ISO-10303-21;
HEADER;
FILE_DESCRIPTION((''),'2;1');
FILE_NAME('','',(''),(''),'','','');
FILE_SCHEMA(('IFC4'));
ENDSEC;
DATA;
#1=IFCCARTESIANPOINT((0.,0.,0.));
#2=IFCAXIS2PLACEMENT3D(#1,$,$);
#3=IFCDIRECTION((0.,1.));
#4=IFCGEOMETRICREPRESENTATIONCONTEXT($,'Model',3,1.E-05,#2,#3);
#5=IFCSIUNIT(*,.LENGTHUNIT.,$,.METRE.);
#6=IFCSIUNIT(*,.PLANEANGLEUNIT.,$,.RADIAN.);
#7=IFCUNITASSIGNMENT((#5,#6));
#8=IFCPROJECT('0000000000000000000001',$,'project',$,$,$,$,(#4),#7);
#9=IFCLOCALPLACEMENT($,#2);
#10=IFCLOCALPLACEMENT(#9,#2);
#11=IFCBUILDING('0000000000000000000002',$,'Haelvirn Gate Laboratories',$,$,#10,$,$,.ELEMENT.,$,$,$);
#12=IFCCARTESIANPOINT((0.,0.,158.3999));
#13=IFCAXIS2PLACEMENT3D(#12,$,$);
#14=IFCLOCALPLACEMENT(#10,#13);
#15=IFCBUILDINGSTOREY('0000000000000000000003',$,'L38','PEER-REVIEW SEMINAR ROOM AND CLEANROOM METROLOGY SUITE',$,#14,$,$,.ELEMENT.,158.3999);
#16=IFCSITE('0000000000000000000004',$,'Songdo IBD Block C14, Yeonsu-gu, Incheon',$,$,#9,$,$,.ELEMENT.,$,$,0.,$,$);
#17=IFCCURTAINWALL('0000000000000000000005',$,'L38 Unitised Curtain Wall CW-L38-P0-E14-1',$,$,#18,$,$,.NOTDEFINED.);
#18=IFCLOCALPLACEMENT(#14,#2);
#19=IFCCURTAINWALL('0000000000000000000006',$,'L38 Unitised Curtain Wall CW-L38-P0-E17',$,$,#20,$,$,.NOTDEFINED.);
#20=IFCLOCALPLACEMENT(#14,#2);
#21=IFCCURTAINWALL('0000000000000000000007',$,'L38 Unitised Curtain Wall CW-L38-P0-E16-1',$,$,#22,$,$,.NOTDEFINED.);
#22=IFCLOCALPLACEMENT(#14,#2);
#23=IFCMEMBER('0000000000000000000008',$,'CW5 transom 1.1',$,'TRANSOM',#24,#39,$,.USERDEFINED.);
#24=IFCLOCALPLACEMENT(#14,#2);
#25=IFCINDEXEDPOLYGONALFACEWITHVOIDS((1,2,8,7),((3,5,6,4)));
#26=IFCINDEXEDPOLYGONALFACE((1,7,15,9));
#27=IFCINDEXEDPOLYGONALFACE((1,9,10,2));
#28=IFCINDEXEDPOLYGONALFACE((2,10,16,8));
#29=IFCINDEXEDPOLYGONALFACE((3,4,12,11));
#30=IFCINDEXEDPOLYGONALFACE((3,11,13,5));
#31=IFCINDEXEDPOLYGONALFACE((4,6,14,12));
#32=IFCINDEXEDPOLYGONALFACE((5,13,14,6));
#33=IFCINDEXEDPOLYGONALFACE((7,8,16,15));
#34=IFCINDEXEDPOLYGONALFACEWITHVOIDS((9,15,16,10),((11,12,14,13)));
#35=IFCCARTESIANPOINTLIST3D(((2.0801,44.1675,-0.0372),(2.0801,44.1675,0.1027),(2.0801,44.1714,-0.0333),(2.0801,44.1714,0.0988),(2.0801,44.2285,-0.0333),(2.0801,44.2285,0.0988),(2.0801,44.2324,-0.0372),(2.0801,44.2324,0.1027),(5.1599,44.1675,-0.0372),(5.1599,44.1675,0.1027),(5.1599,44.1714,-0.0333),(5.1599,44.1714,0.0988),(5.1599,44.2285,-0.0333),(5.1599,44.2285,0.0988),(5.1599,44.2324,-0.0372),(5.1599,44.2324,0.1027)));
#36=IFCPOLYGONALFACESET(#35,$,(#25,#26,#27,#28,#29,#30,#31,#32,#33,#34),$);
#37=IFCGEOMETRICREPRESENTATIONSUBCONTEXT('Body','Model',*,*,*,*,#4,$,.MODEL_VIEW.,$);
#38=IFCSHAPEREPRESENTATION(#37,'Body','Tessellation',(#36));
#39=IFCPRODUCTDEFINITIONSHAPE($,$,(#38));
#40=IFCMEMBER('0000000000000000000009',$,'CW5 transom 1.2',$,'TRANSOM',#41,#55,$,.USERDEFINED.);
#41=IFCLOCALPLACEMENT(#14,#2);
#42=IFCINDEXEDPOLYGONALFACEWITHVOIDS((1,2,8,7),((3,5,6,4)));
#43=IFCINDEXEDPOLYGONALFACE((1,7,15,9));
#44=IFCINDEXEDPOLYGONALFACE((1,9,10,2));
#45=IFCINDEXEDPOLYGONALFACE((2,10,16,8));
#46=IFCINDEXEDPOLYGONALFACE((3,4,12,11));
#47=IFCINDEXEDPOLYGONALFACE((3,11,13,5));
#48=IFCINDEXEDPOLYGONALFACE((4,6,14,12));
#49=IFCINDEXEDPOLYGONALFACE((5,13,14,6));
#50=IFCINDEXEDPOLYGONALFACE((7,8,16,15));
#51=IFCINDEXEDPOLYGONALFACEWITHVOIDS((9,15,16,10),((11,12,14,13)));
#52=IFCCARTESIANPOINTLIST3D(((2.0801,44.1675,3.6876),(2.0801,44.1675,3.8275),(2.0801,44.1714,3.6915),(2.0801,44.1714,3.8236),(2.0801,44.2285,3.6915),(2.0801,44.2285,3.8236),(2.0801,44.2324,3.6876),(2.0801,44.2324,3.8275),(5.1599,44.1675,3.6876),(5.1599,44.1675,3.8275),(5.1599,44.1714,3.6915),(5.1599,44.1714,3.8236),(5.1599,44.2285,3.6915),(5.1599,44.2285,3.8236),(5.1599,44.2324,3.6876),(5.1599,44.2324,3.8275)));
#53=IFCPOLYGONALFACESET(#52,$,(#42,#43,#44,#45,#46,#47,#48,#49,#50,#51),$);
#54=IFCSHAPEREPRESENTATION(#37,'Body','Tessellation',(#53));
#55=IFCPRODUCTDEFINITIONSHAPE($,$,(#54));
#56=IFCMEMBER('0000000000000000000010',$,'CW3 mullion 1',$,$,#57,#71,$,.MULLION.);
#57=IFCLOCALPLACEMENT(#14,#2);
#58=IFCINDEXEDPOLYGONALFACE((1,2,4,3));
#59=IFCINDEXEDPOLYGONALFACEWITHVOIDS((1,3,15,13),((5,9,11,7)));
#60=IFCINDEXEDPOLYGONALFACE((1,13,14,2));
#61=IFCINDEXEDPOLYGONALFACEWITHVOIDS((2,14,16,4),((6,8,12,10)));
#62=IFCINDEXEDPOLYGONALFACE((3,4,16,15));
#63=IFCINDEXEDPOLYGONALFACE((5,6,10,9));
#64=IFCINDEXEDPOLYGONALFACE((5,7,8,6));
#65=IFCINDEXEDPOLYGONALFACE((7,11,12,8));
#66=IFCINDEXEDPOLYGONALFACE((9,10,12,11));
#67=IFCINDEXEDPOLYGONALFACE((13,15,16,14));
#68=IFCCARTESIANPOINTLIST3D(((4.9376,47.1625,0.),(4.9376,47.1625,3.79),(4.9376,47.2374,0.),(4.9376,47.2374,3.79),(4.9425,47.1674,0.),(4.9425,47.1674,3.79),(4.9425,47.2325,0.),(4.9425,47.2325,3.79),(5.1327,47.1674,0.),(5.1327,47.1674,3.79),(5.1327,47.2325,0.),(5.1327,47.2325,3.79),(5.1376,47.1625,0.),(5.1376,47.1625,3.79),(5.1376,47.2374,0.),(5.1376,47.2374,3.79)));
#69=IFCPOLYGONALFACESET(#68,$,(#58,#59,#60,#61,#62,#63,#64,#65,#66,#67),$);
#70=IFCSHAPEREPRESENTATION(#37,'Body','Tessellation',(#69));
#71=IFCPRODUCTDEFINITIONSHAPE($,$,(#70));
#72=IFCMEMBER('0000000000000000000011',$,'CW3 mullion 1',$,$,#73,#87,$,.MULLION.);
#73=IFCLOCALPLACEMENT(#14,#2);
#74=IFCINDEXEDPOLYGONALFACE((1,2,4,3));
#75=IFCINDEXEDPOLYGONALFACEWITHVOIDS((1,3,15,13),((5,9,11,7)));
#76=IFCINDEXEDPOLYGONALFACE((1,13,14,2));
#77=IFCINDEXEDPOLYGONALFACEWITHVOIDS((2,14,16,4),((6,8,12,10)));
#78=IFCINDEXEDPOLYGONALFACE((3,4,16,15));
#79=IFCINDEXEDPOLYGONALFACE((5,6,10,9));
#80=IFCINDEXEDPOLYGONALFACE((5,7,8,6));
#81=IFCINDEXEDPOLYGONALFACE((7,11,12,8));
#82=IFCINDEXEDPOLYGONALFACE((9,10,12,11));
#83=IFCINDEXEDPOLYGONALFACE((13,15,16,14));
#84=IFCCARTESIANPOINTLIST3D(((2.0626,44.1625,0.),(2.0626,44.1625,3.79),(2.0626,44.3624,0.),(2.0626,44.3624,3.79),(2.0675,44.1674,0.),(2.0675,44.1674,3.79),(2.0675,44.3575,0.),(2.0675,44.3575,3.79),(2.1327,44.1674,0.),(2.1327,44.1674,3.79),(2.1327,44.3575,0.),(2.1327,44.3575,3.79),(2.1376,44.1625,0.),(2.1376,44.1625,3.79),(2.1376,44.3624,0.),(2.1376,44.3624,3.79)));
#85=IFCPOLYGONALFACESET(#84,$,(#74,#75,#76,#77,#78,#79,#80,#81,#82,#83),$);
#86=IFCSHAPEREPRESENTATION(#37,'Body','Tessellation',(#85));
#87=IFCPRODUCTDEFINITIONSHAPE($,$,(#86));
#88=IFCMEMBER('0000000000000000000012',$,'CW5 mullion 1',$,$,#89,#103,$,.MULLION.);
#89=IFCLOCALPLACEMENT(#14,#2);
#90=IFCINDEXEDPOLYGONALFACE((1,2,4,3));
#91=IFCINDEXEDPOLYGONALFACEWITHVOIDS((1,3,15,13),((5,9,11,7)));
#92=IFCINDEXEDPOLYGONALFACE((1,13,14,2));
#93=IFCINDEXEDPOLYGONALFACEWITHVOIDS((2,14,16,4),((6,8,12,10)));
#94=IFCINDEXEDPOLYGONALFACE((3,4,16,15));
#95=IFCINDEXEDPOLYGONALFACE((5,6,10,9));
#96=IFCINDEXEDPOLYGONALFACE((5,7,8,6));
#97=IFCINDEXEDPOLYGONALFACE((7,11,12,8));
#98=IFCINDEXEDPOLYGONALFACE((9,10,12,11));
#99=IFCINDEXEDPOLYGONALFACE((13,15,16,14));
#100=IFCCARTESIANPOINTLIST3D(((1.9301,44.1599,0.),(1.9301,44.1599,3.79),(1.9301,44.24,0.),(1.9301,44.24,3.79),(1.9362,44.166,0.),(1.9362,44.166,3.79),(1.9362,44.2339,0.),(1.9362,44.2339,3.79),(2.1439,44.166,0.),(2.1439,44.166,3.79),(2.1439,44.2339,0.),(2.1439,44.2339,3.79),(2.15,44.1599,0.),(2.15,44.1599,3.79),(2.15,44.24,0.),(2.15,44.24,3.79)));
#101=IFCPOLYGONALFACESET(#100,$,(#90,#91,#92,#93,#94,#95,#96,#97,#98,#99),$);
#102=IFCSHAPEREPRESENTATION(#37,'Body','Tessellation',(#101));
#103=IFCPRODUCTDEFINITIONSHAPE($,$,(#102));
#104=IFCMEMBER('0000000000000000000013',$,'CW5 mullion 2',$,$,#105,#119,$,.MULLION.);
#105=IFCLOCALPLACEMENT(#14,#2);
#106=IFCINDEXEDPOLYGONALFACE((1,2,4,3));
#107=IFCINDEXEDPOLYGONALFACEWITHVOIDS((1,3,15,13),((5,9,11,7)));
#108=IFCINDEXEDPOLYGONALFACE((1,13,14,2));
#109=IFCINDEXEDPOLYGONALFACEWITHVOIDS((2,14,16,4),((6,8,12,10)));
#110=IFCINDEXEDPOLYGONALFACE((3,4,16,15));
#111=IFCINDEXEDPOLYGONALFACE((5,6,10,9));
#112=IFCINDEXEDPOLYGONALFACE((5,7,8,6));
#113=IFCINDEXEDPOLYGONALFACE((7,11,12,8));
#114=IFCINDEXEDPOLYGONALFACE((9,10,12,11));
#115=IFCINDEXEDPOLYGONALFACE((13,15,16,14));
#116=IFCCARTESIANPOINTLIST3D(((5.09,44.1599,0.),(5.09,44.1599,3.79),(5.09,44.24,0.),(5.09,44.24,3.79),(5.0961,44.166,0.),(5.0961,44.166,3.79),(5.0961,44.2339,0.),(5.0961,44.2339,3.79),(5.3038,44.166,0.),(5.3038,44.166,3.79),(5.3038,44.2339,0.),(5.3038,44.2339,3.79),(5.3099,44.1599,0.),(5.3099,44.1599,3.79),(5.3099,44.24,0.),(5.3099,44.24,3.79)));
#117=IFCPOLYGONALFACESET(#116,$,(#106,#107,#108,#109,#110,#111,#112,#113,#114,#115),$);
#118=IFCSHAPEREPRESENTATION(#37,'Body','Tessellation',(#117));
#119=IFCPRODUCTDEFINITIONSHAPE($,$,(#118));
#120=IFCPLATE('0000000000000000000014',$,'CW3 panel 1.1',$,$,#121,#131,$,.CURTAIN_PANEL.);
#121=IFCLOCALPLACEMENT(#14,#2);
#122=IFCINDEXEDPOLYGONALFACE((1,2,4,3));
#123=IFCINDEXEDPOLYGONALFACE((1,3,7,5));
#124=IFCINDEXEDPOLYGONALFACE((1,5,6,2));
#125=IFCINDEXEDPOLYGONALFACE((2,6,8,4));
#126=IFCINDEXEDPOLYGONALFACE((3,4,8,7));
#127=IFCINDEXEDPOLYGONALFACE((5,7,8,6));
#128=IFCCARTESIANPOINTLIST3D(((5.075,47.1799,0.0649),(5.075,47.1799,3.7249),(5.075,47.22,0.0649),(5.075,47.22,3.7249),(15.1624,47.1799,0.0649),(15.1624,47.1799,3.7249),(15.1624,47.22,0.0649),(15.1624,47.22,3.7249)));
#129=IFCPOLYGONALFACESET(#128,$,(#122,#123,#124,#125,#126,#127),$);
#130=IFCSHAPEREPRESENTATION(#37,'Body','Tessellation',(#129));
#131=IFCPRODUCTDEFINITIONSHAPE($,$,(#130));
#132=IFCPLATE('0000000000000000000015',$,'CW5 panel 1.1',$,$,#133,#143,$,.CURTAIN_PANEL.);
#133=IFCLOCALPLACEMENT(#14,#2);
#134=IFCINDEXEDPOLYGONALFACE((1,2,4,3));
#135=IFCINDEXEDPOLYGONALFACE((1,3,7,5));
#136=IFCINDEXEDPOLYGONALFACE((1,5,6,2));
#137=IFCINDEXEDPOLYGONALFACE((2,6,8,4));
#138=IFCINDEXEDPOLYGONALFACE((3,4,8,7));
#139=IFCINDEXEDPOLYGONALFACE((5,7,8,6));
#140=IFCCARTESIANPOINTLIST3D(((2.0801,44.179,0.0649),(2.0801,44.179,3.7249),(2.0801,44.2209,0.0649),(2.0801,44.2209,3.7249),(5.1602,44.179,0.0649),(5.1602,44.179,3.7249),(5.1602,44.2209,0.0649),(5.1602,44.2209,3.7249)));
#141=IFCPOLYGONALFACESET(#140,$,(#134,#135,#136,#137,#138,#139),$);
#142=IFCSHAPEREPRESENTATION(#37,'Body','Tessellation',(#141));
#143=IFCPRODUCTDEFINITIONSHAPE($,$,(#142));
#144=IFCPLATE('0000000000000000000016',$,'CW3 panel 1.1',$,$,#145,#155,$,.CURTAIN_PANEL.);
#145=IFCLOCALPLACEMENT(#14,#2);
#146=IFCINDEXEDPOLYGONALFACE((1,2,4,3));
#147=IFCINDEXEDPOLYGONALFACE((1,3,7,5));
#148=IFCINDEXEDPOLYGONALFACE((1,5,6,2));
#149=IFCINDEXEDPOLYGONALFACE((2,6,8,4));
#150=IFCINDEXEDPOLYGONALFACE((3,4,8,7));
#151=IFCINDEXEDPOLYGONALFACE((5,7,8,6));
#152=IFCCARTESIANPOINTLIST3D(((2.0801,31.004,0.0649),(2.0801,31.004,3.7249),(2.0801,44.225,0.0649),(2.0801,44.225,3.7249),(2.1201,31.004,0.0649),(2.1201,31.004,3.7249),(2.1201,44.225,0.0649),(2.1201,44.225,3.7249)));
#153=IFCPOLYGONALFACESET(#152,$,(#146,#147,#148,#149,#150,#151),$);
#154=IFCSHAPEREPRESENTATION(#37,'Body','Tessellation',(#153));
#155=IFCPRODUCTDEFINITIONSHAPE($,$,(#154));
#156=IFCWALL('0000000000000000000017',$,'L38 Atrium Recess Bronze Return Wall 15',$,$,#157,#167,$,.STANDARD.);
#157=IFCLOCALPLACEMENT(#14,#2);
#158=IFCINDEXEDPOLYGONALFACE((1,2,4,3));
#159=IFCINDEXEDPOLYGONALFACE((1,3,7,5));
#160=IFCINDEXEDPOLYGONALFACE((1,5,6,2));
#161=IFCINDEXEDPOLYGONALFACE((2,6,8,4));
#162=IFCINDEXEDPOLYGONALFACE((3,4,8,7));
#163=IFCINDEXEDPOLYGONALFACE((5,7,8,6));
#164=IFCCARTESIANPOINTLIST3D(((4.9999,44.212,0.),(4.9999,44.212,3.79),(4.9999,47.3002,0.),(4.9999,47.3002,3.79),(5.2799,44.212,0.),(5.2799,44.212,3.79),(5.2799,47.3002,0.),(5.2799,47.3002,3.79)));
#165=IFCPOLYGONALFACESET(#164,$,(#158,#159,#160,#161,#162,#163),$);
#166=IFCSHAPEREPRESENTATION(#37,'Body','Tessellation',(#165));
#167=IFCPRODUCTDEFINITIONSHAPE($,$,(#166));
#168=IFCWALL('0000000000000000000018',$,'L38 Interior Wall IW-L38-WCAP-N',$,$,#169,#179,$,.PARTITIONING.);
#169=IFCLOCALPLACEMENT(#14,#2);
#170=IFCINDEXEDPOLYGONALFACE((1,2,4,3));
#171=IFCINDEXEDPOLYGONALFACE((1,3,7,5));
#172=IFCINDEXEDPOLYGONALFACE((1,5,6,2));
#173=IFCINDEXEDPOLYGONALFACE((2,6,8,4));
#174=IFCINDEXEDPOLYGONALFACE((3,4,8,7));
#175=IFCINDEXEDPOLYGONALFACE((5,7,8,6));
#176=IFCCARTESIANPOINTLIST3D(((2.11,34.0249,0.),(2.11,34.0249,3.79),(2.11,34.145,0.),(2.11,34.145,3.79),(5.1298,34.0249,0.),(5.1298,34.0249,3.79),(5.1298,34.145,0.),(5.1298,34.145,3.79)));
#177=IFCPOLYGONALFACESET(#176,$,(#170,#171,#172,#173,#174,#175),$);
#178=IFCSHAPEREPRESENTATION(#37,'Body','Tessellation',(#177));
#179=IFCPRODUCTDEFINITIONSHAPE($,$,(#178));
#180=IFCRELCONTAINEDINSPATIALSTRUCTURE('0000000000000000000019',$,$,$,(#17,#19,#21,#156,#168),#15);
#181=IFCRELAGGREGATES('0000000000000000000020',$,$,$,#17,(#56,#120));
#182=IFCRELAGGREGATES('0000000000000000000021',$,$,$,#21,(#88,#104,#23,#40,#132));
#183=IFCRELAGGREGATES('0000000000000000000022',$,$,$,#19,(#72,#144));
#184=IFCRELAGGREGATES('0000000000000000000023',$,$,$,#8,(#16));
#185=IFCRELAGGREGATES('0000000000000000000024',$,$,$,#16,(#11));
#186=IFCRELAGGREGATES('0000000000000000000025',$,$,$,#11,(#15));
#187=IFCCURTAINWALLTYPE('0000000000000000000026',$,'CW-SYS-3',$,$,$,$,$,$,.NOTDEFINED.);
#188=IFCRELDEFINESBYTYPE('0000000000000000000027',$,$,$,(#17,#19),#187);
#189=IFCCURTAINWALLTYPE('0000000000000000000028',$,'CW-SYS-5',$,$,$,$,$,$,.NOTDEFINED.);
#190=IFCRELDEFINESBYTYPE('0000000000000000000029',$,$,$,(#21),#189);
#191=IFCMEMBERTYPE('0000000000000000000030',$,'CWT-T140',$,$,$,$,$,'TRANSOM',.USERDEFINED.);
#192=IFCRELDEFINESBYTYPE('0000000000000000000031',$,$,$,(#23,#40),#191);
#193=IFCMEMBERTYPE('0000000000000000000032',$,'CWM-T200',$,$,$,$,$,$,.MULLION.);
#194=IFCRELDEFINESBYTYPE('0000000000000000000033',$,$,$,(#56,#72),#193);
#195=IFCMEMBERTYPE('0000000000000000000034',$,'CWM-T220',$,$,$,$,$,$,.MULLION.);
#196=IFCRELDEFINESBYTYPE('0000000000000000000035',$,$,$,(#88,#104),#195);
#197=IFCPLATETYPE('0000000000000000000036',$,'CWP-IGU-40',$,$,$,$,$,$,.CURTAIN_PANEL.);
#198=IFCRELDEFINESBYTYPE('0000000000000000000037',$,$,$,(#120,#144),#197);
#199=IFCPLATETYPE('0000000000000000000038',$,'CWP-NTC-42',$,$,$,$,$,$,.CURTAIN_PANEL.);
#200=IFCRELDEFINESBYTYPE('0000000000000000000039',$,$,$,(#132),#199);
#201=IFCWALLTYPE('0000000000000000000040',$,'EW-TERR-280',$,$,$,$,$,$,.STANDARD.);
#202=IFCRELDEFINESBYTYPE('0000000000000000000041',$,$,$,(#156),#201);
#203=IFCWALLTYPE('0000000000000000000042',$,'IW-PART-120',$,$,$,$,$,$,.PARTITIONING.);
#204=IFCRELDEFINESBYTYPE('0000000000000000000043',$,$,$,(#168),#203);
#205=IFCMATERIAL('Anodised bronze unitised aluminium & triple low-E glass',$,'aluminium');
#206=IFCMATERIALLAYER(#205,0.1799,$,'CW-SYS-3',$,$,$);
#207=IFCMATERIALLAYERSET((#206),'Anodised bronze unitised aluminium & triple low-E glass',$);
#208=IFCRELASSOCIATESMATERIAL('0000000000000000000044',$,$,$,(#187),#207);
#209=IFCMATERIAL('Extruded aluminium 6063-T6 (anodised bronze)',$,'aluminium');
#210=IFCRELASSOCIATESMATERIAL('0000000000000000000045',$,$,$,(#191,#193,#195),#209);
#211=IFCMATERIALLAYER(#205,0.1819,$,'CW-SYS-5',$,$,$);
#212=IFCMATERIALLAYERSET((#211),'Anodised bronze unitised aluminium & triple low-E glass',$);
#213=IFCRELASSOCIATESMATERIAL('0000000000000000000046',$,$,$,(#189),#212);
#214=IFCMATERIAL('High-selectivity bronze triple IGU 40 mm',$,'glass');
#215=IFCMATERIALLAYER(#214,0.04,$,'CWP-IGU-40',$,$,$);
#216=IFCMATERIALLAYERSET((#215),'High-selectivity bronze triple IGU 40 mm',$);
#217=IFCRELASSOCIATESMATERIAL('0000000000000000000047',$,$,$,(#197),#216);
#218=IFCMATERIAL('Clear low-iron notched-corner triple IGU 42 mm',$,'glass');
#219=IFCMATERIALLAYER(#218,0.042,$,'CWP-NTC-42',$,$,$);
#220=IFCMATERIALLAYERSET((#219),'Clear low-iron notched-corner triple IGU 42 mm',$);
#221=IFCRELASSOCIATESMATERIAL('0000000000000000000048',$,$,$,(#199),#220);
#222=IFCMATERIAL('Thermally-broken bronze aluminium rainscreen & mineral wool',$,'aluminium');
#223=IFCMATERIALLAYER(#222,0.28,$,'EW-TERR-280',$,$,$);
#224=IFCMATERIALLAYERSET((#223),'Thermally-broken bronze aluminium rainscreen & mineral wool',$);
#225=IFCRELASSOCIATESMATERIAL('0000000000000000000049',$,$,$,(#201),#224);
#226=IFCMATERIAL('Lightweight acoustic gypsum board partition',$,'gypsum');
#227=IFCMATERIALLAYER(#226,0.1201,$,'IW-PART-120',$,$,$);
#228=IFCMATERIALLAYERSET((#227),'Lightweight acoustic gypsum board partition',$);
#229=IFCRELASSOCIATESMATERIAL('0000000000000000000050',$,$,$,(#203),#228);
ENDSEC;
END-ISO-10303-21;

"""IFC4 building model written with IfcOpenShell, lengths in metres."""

from ifc_helpers import new_model, si_unit, direction, frame, frame_2d, origin, origin_2d, place, context, subcontext, project, spatial, rectangle, hollow_rectangle, extrude, source, transform, mapped, material, layer, layer_set, material_profile, profile_set, type_object, type_shapes, element, aggregate, save


model = new_model("IFC4")

# Units and contexts
model_context = context("Model", 3, precision=1e-05, world=origin(), true_north=direction((0.0, 1.0)))
body_context = subcontext(model_context, "Body", "Model", "MODEL_VIEW")
ifc_project = project(units=[si_unit("LENGTHUNIT", "METRE"), si_unit("PLANEANGLEUNIT", "RADIAN")], contexts=[model_context])

# Site, building, storey
site_placement = place(None, origin())
site = spatial("IfcSite", under=ifc_project, at=site_placement, Name="Songdo IBD Block C14, Yeonsu-gu, Incheon", CompositionType="ELEMENT", RefElevation=0.0)
building_placement = place(site_placement, origin())
building = spatial("IfcBuilding", under=site, at=building_placement, Name="Haelvirn Gate Laboratories", CompositionType="ELEMENT")
storey_placement = place(building_placement, frame((0.0, 0.0, 158.3999)))
storey = spatial("IfcBuildingStorey", under=building, at=storey_placement, Name="L38", Description="PEER-REVIEW SEMINAR ROOM AND CLEANROOM METROLOGY SUITE", CompositionType="ELEMENT", Elevation=158.3999)

# Curtain walls, members
ifc_material_1 = material(Name="Anodised bronze unitised aluminium & triple low-E glass", Category="aluminium")
ifc_layer_1 = layer(ifc_material_1, 0.1799, Name="CW-SYS-3")
ifc_layer_set_1 = layer_set([ifc_layer_1], Name="Anodised bronze unitised aluminium & triple low-E glass")
curtain_wall_type_1 = type_object("IfcCurtainWallType", Name="CW-SYS-3", PredefinedType="NOTDEFINED", material=ifc_layer_set_1)
curtain_wall_1_placement = place(storey_placement, origin())
curtain_wall_1 = element("IfcCurtainWall", 1, at=curtain_wall_1_placement, inside=storey, type_object=curtain_wall_type_1, Name="L38 Unitised Curtain Wall CW-L38-P0-E14-1", PredefinedType="NOTDEFINED")
ifc_material_2 = material(Name="Extruded aluminium 6063-T6 (anodised bronze)", Category="aluminium")
ifc_material_profile_1 = material_profile(ifc_material_2, hollow_rectangle(XDim=0.0649, YDim=0.1399, WallThickness=0.0039, at=origin_2d()), Name="CWT-140x65x4")
ifc_profile_set_1 = profile_set([ifc_material_profile_1], Name="Extruded aluminium 6063-T6 (anodised bronze)")
member_type_1 = type_object("IfcMemberType", Name="CWT-T140", ElementType="TRANSOM", PredefinedType="USERDEFINED", material=ifc_profile_set_1)
curtain_wall_2_placement = place(storey_placement, origin())
curtain_wall_2 = element("IfcCurtainWall", 2, at=curtain_wall_2_placement, inside=storey, type_object=curtain_wall_type_1, Name="L38 Unitised Curtain Wall CW-L38-P0-E17", PredefinedType="NOTDEFINED")
ifc_layer_2 = layer(ifc_material_1, 0.1819, Name="CW-SYS-5")
ifc_layer_set_2 = layer_set([ifc_layer_2], Name="Anodised bronze unitised aluminium & triple low-E glass")
curtain_wall_type_2 = type_object("IfcCurtainWallType", Name="CW-SYS-5", PredefinedType="NOTDEFINED", material=ifc_layer_set_2)
curtain_wall_3_placement = place(storey_placement, origin())
curtain_wall_3 = element("IfcCurtainWall", 3, at=curtain_wall_3_placement, inside=storey, type_object=curtain_wall_type_2, Name="L38 Unitised Curtain Wall CW-L38-P0-E16-1", PredefinedType="NOTDEFINED")
shared_shape_1 = source(origin(), body_context, "Body", "SweptSolid", [
    extrude(hollow_rectangle(XDim=0.0649, YDim=0.1399, WallThickness=0.0039, at=origin_2d()), origin(), (0.0, 0.0, 1.0), 3.0798),
])
member_1_placement = place(storey_placement, frame((2.0801, 44.2, 0.0327), z_axis=(1.0, 0.0, 0.0), x_axis=(0.0, 1.0, 0.0)))
member_1 = element("IfcMember", 4, at=member_1_placement, type_object=member_type_1, Name="CW5 transom 1.1", ObjectType="TRANSOM", PredefinedType="USERDEFINED", context=body_context, shape_type="MappedRepresentation", body=[
    mapped(shared_shape_1, transform((0.0, 0.0, 0.0), scale=1.0)),
])
member_2_placement = place(storey_placement, frame((2.0801, 44.2, 3.7576), z_axis=(1.0, 0.0, 0.0), x_axis=(0.0, 1.0, 0.0)))
member_2 = element("IfcMember", 5, at=member_2_placement, type_object=member_type_1, Name="CW5 transom 1.2", ObjectType="TRANSOM", PredefinedType="USERDEFINED", context=body_context, shape_type="MappedRepresentation", body=[
    mapped(shared_shape_1, transform((0.0, 0.0, 0.0), scale=1.0)),
])

# Members
ifc_material_profile_2 = material_profile(ifc_material_2, hollow_rectangle(XDim=0.075, YDim=0.2, WallThickness=0.0049, at=origin_2d()), Name="CWM-200x75x5")
ifc_profile_set_2 = profile_set([ifc_material_profile_2], Name="Extruded aluminium 6063-T6 (anodised bronze)")
member_type_2 = type_object("IfcMemberType", Name="CWM-T200", PredefinedType="MULLION", material=ifc_profile_set_2)
shared_shape_2 = source(origin(), body_context, "Body", "SweptSolid", [
    extrude(hollow_rectangle(XDim=0.075, YDim=0.2, WallThickness=0.0049, at=origin_2d()), origin(), (0.0, 0.0, 1.0), 3.79),
])
type_shapes(member_type_2, [shared_shape_2])
member_3_placement = place(storey_placement, frame((5.0376, 47.2, 0.0), z_axis=(0.0, 0.0, 1.0), x_axis=(0.0, 1.0, 0.0)))
member_3 = element("IfcMember", 6, at=member_3_placement, type_object=member_type_2, Name="CW3 mullion 1", PredefinedType="MULLION", context=body_context, shape_type="MappedRepresentation", body=[
    mapped(shared_shape_2, transform((0.0, 0.0, 0.0), scale=1.0)),
])
member_4_placement = place(storey_placement, frame((2.1001, 44.2625, 0.0), z_axis=(0.0, 0.0, 1.0), x_axis=(1.0, 0.0, 0.0)))
member_4 = element("IfcMember", 7, at=member_4_placement, type_object=member_type_2, Name="CW3 mullion 1", PredefinedType="MULLION", context=body_context, shape_type="MappedRepresentation", body=[
    mapped(shared_shape_2, transform((0.0, 0.0, 0.0), scale=1.0)),
])
ifc_material_profile_3 = material_profile(ifc_material_2, hollow_rectangle(XDim=0.0801, YDim=0.22, WallThickness=0.0061, at=origin_2d()), Name="CWM-220x80x6")
ifc_profile_set_3 = profile_set([ifc_material_profile_3], Name="Extruded aluminium 6063-T6 (anodised bronze)")
member_type_3 = type_object("IfcMemberType", Name="CWM-T220", PredefinedType="MULLION", material=ifc_profile_set_3)
shared_shape_3 = source(origin(), body_context, "Body", "SweptSolid", [
    extrude(hollow_rectangle(XDim=0.0801, YDim=0.22, WallThickness=0.0061, at=origin_2d()), origin(), (0.0, 0.0, 1.0), 3.79),
])
type_shapes(member_type_3, [shared_shape_3])
member_5_placement = place(storey_placement, frame((2.04, 44.2, 0.0), z_axis=(0.0, 0.0, 1.0), x_axis=(0.0, 1.0, 0.0)))
member_5 = element("IfcMember", 8, at=member_5_placement, type_object=member_type_3, Name="CW5 mullion 1", PredefinedType="MULLION", context=body_context, shape_type="MappedRepresentation", body=[
    mapped(shared_shape_3, transform((0.0, 0.0, 0.0), scale=1.0)),
])
member_6_placement = place(storey_placement, frame((5.2, 44.2, 0.0), z_axis=(0.0, 0.0, 1.0), x_axis=(0.0, 1.0, 0.0)))
member_6 = element("IfcMember", 9, at=member_6_placement, type_object=member_type_3, Name="CW5 mullion 2", PredefinedType="MULLION", context=body_context, shape_type="MappedRepresentation", body=[
    mapped(shared_shape_3, transform((0.0, 0.0, 0.0), scale=1.0)),
])

# Plates
ifc_material_3 = material(Name="High-selectivity bronze triple IGU 40 mm", Category="glass")
ifc_layer_3 = layer(ifc_material_3, 0.04, Name="CWP-IGU-40")
ifc_layer_set_3 = layer_set([ifc_layer_3], Name="High-selectivity bronze triple IGU 40 mm")
plate_type_1 = type_object("IfcPlateType", Name="CWP-IGU-40", PredefinedType="CURTAIN_PANEL", material=ifc_layer_set_3)
shared_shape_4 = source(origin(), body_context, "Body", "SweptSolid", [
    extrude(rectangle(XDim=10.0874, YDim=0.04, at=origin_2d()), origin(), (0.0, 0.0, 1.0), 3.6599),
])
plate_1_placement = place(storey_placement, frame((10.1187, 47.2, 0.0649), z_axis=(0.0, 0.0, 1.0), x_axis=(1.0, 0.0, 0.0)))
plate_1 = element("IfcPlate", 10, at=plate_1_placement, type_object=plate_type_1, Name="CW3 panel 1.1", PredefinedType="CURTAIN_PANEL", context=body_context, shape_type="MappedRepresentation", body=[
    mapped(shared_shape_4, transform((0.0, 0.0, 0.0), scale=1.0)),
])
aggregate(curtain_wall_1, [member_3, plate_1])
ifc_material_4 = material(Name="Clear low-iron notched-corner triple IGU 42 mm", Category="glass")
ifc_layer_4 = layer(ifc_material_4, 0.042, Name="CWP-NTC-42")
ifc_layer_set_4 = layer_set([ifc_layer_4], Name="Clear low-iron notched-corner triple IGU 42 mm")
plate_type_2 = type_object("IfcPlateType", Name="CWP-NTC-42", PredefinedType="CURTAIN_PANEL", material=ifc_layer_set_4)
shared_shape_5 = source(origin(), body_context, "Body", "SweptSolid", [
    extrude(rectangle(XDim=3.0801, YDim=0.042, at=origin_2d()), origin(), (0.0, 0.0, 1.0), 3.6599),
])
type_shapes(plate_type_2, [shared_shape_5])
plate_2_placement = place(storey_placement, frame((3.6201, 44.2, 0.0649), z_axis=(0.0, 0.0, 1.0), x_axis=(1.0, 0.0, 0.0)))
plate_2 = element("IfcPlate", 11, at=plate_2_placement, type_object=plate_type_2, Name="CW5 panel 1.1", PredefinedType="CURTAIN_PANEL", context=body_context, shape_type="MappedRepresentation", body=[
    mapped(shared_shape_5, transform((0.0, 0.0, 0.0), scale=1.0)),
])
aggregate(curtain_wall_3, [member_5, member_6, member_1, member_2, plate_2])
shared_shape_6 = source(origin(), body_context, "Body", "SweptSolid", [
    extrude(rectangle(XDim=13.2209, YDim=0.04, at=origin_2d()), origin(), (0.0, 0.0, 1.0), 3.6599),
])
type_shapes(plate_type_1, [shared_shape_4, shared_shape_6])
plate_3_placement = place(storey_placement, frame((2.1001, 37.6145, 0.0649), z_axis=(0.0, 0.0, 1.0), x_axis=(0.0, -1.0, 0.0)))
plate_3 = element("IfcPlate", 12, at=plate_3_placement, type_object=plate_type_1, Name="CW3 panel 1.1", PredefinedType="CURTAIN_PANEL", context=body_context, shape_type="MappedRepresentation", body=[
    mapped(shared_shape_6, transform((0.0, 0.0, 0.0), scale=1.0)),
])
aggregate(curtain_wall_2, [member_4, plate_3])

# Walls
ifc_material_5 = material(Name="Thermally-broken bronze aluminium rainscreen & mineral wool", Category="aluminium")
ifc_layer_5 = layer(ifc_material_5, 0.28, Name="EW-TERR-280")
ifc_layer_set_5 = layer_set([ifc_layer_5], Name="Thermally-broken bronze aluminium rainscreen & mineral wool")
wall_type_1 = type_object("IfcWallType", Name="EW-TERR-280", PredefinedType="STANDARD", material=ifc_layer_set_5)
wall_1_placement = place(storey_placement, frame((5.1399, 47.3, 0.0), z_axis=(0.0, 0.0, 1.0), x_axis=(0.0, -1.0, 0.0)))
element("IfcWall", 13, at=wall_1_placement, inside=storey, type_object=wall_type_1, Name="L38 Atrium Recess Bronze Return Wall 15", PredefinedType="STANDARD", context=body_context, shape_type="SweptSolid", body=[
    extrude(rectangle(XDim=3.0881, YDim=0.28, at=frame_2d((1.5439, 0.0))), origin(), (0.0, 0.0, 1.0), 3.79),
])
ifc_material_6 = material(Name="Lightweight acoustic gypsum board partition", Category="gypsum")
ifc_layer_6 = layer(ifc_material_6, 0.1201, Name="IW-PART-120")
ifc_layer_set_6 = layer_set([ifc_layer_6], Name="Lightweight acoustic gypsum board partition")
wall_type_2 = type_object("IfcWallType", Name="IW-PART-120", PredefinedType="PARTITIONING", material=ifc_layer_set_6)
wall_2_placement = place(storey_placement, frame((2.1101, 34.085, 0.0), z_axis=(0.0, 0.0, 1.0), x_axis=(1.0, 0.0, 0.0)))
element("IfcWall", 14, at=wall_2_placement, inside=storey, type_object=wall_type_2, Name="L38 Interior Wall IW-L38-WCAP-N", PredefinedType="PARTITIONING", context=body_context, shape_type="SweptSolid", body=[
    extrude(rectangle(XDim=3.0198, YDim=0.1201, at=frame_2d((1.5098, 0.0))), origin(), (0.0, 0.0, 1.0), 3.79),
])

save(model, "model.ifc")
